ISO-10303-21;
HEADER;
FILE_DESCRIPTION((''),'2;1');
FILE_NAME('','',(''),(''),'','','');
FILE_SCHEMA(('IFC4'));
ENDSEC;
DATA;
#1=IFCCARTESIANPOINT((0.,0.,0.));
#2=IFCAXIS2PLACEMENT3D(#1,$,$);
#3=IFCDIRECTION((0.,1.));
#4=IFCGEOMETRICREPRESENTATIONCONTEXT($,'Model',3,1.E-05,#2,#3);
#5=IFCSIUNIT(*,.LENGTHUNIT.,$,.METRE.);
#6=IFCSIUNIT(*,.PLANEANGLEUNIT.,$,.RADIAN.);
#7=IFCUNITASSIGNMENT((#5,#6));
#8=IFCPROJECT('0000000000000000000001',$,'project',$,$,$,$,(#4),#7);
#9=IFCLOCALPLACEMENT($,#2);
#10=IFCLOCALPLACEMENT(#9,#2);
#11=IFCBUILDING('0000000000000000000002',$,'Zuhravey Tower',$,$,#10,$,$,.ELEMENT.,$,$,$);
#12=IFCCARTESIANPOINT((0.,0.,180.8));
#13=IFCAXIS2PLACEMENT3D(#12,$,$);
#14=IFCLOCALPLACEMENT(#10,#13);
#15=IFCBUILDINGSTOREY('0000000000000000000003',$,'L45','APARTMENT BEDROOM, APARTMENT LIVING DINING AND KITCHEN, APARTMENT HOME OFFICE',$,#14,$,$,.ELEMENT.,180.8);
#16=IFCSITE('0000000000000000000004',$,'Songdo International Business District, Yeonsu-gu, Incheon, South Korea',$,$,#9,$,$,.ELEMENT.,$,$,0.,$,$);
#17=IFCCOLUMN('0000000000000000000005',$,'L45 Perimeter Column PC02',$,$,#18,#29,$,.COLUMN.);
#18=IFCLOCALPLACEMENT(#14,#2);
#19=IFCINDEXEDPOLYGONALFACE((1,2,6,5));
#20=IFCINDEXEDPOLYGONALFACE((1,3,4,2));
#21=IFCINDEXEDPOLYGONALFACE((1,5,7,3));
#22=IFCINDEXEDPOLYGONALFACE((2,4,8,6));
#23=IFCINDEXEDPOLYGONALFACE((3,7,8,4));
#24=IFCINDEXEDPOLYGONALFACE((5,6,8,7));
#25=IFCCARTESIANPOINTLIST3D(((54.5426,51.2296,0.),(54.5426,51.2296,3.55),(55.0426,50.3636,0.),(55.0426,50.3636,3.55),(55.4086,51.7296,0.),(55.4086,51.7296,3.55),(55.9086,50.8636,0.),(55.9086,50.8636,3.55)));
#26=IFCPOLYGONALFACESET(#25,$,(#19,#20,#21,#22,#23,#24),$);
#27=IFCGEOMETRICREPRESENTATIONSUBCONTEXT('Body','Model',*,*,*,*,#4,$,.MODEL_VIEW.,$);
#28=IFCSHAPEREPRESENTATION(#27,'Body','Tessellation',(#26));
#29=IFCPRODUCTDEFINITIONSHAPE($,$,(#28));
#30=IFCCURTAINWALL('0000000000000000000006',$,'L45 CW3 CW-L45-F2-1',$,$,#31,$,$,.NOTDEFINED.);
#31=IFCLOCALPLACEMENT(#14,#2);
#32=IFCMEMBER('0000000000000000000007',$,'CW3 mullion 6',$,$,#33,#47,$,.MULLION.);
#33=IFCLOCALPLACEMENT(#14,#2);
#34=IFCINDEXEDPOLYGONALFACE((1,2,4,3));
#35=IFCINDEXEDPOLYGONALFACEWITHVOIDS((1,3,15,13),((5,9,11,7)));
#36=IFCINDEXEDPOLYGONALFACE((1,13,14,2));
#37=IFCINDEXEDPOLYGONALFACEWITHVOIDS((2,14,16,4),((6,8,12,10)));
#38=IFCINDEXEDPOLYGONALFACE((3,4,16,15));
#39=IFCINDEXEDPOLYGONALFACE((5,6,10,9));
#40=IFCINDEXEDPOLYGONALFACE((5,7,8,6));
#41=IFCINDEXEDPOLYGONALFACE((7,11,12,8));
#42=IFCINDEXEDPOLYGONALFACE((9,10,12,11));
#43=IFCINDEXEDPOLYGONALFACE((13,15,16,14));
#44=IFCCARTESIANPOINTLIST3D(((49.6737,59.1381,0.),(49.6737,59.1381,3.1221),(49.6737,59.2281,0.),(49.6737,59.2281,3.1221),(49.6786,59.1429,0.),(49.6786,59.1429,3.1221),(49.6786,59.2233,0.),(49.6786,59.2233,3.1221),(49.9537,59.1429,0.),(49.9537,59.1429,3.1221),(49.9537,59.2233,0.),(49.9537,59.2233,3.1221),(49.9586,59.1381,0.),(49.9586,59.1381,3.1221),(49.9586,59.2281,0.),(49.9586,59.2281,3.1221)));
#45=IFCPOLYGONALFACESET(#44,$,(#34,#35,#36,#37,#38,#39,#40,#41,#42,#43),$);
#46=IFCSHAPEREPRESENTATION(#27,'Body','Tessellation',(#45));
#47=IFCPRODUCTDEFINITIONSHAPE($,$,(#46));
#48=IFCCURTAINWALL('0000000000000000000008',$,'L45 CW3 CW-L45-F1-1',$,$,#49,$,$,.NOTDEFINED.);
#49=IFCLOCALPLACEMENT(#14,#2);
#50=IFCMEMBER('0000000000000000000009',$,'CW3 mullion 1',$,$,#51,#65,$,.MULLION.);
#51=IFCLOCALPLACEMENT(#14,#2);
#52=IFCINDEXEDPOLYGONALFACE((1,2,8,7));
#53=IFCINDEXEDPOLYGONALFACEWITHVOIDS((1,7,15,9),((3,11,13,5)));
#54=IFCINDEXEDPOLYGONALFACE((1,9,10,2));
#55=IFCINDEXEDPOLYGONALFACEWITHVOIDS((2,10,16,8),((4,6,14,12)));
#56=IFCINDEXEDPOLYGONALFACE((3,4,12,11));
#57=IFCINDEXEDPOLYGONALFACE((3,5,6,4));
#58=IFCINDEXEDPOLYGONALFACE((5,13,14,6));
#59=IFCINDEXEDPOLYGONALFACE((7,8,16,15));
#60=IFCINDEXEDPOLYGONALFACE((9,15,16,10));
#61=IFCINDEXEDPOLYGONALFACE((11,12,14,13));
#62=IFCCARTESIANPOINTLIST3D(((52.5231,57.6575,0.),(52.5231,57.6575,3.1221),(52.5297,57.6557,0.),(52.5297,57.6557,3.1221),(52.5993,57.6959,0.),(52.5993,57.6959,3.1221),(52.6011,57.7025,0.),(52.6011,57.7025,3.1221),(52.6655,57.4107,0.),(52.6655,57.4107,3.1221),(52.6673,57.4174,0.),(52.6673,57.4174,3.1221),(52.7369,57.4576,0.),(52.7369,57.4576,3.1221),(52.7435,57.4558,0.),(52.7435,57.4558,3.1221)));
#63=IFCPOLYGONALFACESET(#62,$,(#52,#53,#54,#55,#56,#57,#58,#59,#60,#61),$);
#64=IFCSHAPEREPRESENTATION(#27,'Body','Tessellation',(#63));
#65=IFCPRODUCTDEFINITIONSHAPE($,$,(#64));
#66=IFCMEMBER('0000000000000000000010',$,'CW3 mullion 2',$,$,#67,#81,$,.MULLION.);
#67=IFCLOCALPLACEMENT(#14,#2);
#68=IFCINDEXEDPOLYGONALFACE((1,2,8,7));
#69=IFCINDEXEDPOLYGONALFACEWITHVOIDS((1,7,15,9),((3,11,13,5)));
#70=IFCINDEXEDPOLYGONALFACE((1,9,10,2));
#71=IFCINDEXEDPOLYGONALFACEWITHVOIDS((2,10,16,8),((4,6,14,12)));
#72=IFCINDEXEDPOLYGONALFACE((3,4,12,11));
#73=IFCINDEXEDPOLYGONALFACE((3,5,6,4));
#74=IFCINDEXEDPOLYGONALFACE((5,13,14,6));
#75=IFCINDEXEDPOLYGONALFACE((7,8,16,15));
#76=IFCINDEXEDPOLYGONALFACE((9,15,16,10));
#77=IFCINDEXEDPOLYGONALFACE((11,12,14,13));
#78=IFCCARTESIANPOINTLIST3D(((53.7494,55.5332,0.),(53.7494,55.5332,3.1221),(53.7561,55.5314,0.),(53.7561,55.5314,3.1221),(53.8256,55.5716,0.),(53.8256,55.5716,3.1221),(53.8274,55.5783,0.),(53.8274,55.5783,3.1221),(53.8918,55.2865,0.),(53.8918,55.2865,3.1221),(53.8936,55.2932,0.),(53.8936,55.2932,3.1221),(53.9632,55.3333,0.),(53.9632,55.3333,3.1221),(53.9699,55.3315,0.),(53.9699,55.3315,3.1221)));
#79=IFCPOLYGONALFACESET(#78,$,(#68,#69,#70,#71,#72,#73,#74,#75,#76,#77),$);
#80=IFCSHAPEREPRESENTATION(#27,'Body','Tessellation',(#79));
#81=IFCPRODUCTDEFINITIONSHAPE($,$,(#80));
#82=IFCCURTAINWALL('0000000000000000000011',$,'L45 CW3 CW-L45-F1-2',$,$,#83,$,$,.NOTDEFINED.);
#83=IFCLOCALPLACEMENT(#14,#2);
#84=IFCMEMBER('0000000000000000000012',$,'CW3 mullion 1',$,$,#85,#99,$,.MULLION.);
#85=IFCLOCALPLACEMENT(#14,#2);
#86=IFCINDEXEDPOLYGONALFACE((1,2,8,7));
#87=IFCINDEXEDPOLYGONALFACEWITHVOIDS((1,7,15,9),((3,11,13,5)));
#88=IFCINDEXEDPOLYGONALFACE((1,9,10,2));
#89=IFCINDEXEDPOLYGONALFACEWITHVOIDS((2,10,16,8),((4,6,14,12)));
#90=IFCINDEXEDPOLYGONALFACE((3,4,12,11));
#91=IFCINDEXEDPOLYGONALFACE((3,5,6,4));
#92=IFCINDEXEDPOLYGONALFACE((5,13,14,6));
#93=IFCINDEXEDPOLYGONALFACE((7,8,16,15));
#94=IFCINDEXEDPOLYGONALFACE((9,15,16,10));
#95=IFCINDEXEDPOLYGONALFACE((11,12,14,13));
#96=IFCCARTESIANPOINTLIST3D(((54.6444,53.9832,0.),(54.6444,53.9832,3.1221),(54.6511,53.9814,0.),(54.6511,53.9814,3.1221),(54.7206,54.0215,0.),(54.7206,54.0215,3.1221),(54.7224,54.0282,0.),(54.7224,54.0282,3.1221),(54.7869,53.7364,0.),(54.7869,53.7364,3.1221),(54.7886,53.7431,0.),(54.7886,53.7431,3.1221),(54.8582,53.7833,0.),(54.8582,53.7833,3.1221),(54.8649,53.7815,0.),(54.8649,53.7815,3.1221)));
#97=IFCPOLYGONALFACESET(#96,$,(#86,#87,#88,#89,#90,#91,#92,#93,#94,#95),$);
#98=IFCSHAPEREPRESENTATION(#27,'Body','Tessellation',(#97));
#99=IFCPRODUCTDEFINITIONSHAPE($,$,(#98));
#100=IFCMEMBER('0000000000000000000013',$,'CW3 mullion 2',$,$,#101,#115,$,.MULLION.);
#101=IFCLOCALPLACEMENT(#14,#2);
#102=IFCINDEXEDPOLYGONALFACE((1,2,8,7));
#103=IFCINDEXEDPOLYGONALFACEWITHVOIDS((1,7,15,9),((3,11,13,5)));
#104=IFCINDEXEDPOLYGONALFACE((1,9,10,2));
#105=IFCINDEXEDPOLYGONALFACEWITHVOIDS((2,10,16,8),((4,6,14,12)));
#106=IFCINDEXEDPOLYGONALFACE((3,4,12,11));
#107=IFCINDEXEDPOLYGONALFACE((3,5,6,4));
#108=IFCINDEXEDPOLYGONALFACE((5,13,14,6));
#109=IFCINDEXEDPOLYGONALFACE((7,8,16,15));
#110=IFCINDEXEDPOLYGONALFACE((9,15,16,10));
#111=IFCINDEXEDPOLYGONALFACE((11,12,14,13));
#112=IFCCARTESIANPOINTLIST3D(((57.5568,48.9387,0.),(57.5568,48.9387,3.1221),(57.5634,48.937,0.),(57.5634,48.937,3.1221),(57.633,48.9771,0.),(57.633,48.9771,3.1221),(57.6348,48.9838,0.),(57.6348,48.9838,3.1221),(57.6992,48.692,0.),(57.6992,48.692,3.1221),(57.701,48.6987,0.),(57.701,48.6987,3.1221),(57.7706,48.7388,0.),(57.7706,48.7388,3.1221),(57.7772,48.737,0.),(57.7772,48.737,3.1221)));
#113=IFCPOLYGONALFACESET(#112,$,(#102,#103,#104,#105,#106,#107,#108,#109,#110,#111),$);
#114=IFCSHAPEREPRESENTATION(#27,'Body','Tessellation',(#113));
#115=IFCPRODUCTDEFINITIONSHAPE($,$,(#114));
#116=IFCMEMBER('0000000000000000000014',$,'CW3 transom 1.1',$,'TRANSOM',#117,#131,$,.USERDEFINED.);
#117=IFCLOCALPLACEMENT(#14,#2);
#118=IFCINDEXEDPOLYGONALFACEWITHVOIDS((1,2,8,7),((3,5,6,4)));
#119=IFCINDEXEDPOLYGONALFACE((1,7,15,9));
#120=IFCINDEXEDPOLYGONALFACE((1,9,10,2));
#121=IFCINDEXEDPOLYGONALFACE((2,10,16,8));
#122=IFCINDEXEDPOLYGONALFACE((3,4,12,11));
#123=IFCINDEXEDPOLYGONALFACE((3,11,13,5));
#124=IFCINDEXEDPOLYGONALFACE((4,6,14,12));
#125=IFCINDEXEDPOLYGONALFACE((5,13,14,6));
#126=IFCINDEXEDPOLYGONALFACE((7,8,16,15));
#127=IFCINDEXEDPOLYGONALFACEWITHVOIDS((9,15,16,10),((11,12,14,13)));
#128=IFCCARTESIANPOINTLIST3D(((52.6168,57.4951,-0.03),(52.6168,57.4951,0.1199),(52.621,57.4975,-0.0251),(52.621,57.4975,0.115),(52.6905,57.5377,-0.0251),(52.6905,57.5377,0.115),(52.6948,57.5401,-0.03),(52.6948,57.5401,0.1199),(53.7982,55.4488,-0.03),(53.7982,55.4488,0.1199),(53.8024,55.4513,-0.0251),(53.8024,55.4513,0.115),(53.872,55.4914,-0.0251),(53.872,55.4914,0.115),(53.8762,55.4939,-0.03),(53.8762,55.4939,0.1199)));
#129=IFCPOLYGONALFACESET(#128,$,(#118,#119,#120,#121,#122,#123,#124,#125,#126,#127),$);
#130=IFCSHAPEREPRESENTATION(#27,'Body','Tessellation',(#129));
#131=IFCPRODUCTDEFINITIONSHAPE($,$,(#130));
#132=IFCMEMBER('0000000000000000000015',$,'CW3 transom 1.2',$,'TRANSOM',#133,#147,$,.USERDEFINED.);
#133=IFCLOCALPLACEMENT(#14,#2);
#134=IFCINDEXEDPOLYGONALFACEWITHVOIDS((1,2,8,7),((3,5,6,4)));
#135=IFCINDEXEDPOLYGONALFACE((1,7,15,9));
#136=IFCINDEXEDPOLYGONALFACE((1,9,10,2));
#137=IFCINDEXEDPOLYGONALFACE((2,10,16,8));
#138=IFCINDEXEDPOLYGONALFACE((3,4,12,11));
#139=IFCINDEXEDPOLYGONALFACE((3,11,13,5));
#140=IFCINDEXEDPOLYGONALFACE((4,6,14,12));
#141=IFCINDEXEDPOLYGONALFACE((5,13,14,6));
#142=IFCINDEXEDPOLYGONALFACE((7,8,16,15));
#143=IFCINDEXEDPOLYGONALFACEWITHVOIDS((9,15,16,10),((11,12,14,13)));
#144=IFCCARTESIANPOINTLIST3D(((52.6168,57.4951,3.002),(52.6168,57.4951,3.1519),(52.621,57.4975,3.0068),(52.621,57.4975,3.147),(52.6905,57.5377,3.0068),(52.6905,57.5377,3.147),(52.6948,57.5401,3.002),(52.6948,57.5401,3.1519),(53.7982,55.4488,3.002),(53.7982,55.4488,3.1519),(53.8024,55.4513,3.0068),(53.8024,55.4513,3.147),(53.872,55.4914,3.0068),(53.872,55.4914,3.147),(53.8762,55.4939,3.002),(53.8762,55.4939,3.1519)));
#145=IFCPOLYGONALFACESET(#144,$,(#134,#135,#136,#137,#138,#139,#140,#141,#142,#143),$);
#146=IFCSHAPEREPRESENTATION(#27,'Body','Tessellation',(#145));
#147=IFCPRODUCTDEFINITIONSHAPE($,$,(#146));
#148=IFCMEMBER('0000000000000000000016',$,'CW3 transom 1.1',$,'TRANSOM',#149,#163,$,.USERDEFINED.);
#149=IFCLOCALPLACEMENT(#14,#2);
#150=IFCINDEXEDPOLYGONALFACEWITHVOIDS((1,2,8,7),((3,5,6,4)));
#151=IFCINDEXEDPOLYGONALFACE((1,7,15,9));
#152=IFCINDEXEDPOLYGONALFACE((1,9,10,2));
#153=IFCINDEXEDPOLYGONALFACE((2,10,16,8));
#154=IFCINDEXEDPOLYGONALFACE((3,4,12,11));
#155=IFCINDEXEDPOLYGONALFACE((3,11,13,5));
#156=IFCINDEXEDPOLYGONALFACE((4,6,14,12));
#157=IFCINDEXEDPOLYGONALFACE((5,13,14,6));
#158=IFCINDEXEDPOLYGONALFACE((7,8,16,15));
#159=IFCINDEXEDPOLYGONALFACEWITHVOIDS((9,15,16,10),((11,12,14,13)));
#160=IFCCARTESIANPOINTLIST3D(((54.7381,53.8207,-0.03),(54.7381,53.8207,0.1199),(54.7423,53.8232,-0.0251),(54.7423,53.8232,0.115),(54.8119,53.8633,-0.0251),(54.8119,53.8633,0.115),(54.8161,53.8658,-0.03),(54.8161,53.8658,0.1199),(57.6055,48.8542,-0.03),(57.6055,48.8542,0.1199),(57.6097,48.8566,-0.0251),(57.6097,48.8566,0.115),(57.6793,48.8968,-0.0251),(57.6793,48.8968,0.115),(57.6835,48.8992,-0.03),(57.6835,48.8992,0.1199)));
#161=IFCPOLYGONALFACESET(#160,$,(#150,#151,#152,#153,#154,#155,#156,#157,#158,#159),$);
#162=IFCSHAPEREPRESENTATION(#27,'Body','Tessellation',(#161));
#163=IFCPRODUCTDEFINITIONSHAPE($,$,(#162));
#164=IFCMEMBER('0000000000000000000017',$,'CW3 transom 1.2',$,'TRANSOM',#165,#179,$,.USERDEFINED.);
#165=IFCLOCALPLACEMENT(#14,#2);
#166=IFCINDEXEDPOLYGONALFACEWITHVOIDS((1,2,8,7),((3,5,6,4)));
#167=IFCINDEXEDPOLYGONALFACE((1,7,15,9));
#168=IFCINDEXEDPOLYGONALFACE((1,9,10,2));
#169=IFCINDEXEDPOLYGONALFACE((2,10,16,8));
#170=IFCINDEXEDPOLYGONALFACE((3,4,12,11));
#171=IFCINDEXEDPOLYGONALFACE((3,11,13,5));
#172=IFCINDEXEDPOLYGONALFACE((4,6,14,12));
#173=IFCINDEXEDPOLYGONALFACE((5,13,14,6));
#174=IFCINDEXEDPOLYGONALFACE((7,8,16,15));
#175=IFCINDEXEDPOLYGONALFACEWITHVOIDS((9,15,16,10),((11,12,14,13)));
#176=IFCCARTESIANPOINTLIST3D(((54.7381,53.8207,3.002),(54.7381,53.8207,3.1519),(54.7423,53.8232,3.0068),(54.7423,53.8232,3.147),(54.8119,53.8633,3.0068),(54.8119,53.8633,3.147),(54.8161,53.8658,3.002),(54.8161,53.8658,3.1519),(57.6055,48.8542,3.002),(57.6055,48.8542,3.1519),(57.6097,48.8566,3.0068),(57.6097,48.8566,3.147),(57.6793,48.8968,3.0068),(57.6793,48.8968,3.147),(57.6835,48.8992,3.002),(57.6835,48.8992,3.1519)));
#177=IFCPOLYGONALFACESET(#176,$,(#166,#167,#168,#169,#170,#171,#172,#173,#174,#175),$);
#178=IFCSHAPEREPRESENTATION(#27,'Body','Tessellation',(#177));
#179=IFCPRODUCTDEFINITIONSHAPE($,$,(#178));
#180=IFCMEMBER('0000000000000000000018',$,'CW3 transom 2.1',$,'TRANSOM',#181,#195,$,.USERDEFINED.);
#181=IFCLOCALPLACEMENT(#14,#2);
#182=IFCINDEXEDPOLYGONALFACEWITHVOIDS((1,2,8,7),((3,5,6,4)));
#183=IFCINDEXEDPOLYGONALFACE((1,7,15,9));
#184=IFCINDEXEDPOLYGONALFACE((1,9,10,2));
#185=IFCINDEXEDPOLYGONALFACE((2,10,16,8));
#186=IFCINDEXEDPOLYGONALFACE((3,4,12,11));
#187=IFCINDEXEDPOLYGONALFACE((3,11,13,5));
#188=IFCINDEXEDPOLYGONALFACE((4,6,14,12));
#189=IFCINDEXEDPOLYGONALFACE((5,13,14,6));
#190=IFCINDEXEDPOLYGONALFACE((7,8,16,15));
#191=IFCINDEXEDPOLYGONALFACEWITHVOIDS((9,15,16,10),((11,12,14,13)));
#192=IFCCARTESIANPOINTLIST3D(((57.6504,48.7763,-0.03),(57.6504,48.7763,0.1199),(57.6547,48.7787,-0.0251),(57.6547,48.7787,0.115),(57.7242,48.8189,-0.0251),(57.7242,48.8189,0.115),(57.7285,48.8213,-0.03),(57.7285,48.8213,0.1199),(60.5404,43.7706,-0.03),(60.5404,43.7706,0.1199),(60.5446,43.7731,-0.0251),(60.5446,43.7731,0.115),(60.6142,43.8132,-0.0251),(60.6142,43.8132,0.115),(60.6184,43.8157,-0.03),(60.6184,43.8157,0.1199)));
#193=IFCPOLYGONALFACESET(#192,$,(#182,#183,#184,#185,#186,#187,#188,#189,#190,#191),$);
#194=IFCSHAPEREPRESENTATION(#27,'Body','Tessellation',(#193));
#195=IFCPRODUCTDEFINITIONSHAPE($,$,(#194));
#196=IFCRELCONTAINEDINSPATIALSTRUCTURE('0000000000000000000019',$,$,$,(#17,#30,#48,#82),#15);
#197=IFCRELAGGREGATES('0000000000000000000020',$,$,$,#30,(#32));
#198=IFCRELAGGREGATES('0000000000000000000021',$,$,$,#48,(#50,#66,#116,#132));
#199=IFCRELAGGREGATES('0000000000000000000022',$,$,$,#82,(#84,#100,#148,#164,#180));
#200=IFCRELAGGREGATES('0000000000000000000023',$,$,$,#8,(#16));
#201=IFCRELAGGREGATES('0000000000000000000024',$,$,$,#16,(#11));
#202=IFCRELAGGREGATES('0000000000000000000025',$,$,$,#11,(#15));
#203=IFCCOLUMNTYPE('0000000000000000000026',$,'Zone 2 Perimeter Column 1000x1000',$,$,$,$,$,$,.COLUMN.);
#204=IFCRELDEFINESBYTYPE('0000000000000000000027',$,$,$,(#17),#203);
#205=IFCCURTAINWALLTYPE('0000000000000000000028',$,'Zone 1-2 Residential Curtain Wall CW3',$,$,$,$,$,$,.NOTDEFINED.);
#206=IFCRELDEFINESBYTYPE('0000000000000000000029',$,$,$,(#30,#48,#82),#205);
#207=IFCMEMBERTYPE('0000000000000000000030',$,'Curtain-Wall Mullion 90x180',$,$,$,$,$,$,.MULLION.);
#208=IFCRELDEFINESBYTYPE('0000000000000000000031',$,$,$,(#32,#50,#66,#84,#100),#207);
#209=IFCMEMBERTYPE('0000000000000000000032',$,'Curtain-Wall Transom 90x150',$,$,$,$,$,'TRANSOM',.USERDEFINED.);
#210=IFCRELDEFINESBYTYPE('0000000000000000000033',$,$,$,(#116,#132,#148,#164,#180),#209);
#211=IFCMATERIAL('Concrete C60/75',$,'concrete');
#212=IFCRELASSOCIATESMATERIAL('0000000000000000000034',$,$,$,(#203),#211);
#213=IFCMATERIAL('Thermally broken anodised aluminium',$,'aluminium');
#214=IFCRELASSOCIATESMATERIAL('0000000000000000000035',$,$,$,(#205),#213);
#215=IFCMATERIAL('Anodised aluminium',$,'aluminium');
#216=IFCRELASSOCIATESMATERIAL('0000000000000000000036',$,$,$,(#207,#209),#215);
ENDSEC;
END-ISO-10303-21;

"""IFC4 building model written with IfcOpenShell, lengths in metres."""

from ifc_helpers import new_model, si_unit, direction, frame, origin, origin_2d, place, context, subcontext, project, spatial, rectangle, hollow_rectangle, extrude, material, material_profile, profile_set, type_object, element, aggregate, save


model = new_model("IFC4")

# Units and contexts
model_context = context("Model", 3, precision=1e-05, world=origin(), true_north=direction((0.0, 1.0)))
body_context = subcontext(model_context, "Body", "Model", "MODEL_VIEW")
ifc_project = project(units=[si_unit("LENGTHUNIT", "METRE"), si_unit("PLANEANGLEUNIT", "RADIAN")], contexts=[model_context])

# Site, building, storey
site_placement = place(None, origin())
site = spatial("IfcSite", under=ifc_project, at=site_placement, Name="Songdo International Business District, Yeonsu-gu, Incheon, South Korea", CompositionType="ELEMENT", RefElevation=0.0)
building_placement = place(site_placement, origin())
building = spatial("IfcBuilding", under=site, at=building_placement, Name="Zuhravey Tower", CompositionType="ELEMENT")
storey_placement = place(building_placement, frame((0.0, 0.0, 180.8)))
storey = spatial("IfcBuildingStorey", under=building, at=storey_placement, Name="L45", Description="APARTMENT BEDROOM, APARTMENT LIVING DINING AND KITCHEN, APARTMENT HOME OFFICE", CompositionType="ELEMENT", Elevation=180.8)

# Column
ifc_material_1 = material(Name="Concrete C60/75", Category="concrete")
ifc_material_profile_1 = material_profile(ifc_material_1, rectangle(XDim=1.0, YDim=1.0, at=origin_2d()), Name="RC-1000x1000")
ifc_profile_set_1 = profile_set([ifc_material_profile_1], Name="Concrete C60/75")
column_type = type_object("IfcColumnType", Name="Zone 2 Perimeter Column 1000x1000", PredefinedType="COLUMN", material=ifc_profile_set_1)
column_placement = place(storey_placement, frame((55.2256, 51.0466, 0.0), z_axis=(0.0, 0.0, 1.0), x_axis=(-0.5, 0.866025, 0.0)))
element("IfcColumn", 1, at=column_placement, inside=storey, type_object=column_type, Name="L45 Perimeter Column PC02", PredefinedType="COLUMN", context=body_context, shape_type="SweptSolid", body=[
    extrude(rectangle(XDim=1.0, YDim=1.0, at=origin_2d()), origin(), (0.0, 0.0, 1.0), 3.55),
])

# Curtain wall, member
ifc_material_2 = material(Name="Thermally broken anodised aluminium", Category="aluminium")
curtain_wall_type = type_object("IfcCurtainWallType", Name="Zone 1-2 Residential Curtain Wall CW3", PredefinedType="NOTDEFINED", material=ifc_material_2)
curtain_wall_1_placement = place(storey_placement, origin())
curtain_wall_1 = element("IfcCurtainWall", 2, at=curtain_wall_1_placement, inside=storey, type_object=curtain_wall_type, Name="L45 CW3 CW-L45-F2-1", PredefinedType="NOTDEFINED")
ifc_material_3 = material(Name="Anodised aluminium", Category="aluminium")
ifc_material_profile_2 = material_profile(ifc_material_3, hollow_rectangle(XDim=0.0901, YDim=0.2849, WallThickness=0.0049, at=origin_2d()), Name="ALU-RHS-90x285x5")
ifc_profile_set_2 = profile_set([ifc_material_profile_2], Name="Anodised aluminium")
member_type_1 = type_object("IfcMemberType", Name="Curtain-Wall Mullion 90x180", PredefinedType="MULLION", material=ifc_profile_set_2)
member_1_placement = place(storey_placement, frame((49.8162, 59.1831, 0.0), z_axis=(0.0, 0.0, 1.0), x_axis=(0.0, 1.0, 0.0)))
member_1 = element("IfcMember", 3, at=member_1_placement, type_object=member_type_1, Name="CW3 mullion 6", PredefinedType="MULLION", context=body_context, shape_type="SweptSolid", body=[
    extrude(hollow_rectangle(XDim=0.0901, YDim=0.2849, WallThickness=0.0049, at=origin_2d()), origin(), (0.0, 0.0, 1.0), 3.1221),
])
aggregate(curtain_wall_1, [member_1])

# Curtain walls, members
curtain_wall_2_placement = place(storey_placement, origin())
curtain_wall_2 = element("IfcCurtainWall", 4, at=curtain_wall_2_placement, inside=storey, type_object=curtain_wall_type, Name="L45 CW3 CW-L45-F1-1", PredefinedType="NOTDEFINED")
member_2_placement = place(storey_placement, frame((52.6333, 57.5566, 0.0), z_axis=(0.0, 0.0, 1.0), x_axis=(0.866023, 0.500005, 0.0)))
member_2 = element("IfcMember", 5, at=member_2_placement, type_object=member_type_1, Name="CW3 mullion 1", PredefinedType="MULLION", context=body_context, shape_type="SweptSolid", body=[
    extrude(hollow_rectangle(XDim=0.0901, YDim=0.2849, WallThickness=0.0049, at=origin_2d()), origin(), (0.0, 0.0, 1.0), 3.1221),
])
member_3_placement = place(storey_placement, frame((53.8596, 55.4324, 0.0), z_axis=(0.0, 0.0, 1.0), x_axis=(0.866023, 0.500005, 0.0)))
member_3 = element("IfcMember", 6, at=member_3_placement, type_object=member_type_1, Name="CW3 mullion 2", PredefinedType="MULLION", context=body_context, shape_type="SweptSolid", body=[
    extrude(hollow_rectangle(XDim=0.0901, YDim=0.2849, WallThickness=0.0049, at=origin_2d()), origin(), (0.0, 0.0, 1.0), 3.1221),
])
curtain_wall_3_placement = place(storey_placement, origin())
curtain_wall_3 = element("IfcCurtainWall", 7, at=curtain_wall_3_placement, inside=storey, type_object=curtain_wall_type, Name="L45 CW3 CW-L45-F1-2", PredefinedType="NOTDEFINED")
member_4_placement = place(storey_placement, frame((54.7546, 53.8823, 0.0), z_axis=(0.0, 0.0, 1.0), x_axis=(0.866025, 0.500001, 0.0)))
member_4 = element("IfcMember", 8, at=member_4_placement, type_object=member_type_1, Name="CW3 mullion 1", PredefinedType="MULLION", context=body_context, shape_type="SweptSolid", body=[
    extrude(hollow_rectangle(XDim=0.0901, YDim=0.2849, WallThickness=0.0049, at=origin_2d()), origin(), (0.0, 0.0, 1.0), 3.1221),
])
member_5_placement = place(storey_placement, frame((57.667, 48.8379, 0.0), z_axis=(0.0, 0.0, 1.0), x_axis=(0.866025, 0.500001, 0.0)))
member_5 = element("IfcMember", 9, at=member_5_placement, type_object=member_type_1, Name="CW3 mullion 2", PredefinedType="MULLION", context=body_context, shape_type="SweptSolid", body=[
    extrude(hollow_rectangle(XDim=0.0901, YDim=0.2849, WallThickness=0.0049, at=origin_2d()), origin(), (0.0, 0.0, 1.0), 3.1221),
])

# Members
ifc_material_profile_3 = material_profile(ifc_material_3, hollow_rectangle(XDim=0.0901, YDim=0.1499, WallThickness=0.0049, at=origin_2d()), Name="ALU-RHS-90x150x5")
ifc_profile_set_3 = profile_set([ifc_material_profile_3], Name="Anodised aluminium")
member_type_2 = type_object("IfcMemberType", Name="Curtain-Wall Transom 90x150", ElementType="TRANSOM", PredefinedType="USERDEFINED", material=ifc_profile_set_3)
member_6_placement = place(storey_placement, frame((52.6558, 57.5176, 0.0449), z_axis=(0.500018, -0.866015, 0.0), x_axis=(0.866015, 0.500018, 0.0)))
member_6 = element("IfcMember", 10, at=member_6_placement, type_object=member_type_2, Name="CW3 transom 1.1", ObjectType="TRANSOM", PredefinedType="USERDEFINED", context=body_context, shape_type="SweptSolid", body=[
    extrude(hollow_rectangle(XDim=0.0901, YDim=0.1499, WallThickness=0.0049, at=origin_2d()), origin(), (0.0, 0.0, 1.0), 2.3628),
])
member_7_placement = place(storey_placement, frame((52.6558, 57.5176, 3.0769), z_axis=(0.500018, -0.866015, 0.0), x_axis=(0.866015, 0.500018, 0.0)))
member_7 = element("IfcMember", 11, at=member_7_placement, type_object=member_type_2, Name="CW3 transom 1.2", ObjectType="TRANSOM", PredefinedType="USERDEFINED", context=body_context, shape_type="SweptSolid", body=[
    extrude(hollow_rectangle(XDim=0.0901, YDim=0.1499, WallThickness=0.0049, at=origin_2d()), origin(), (0.0, 0.0, 1.0), 2.3628),
])
member_8_placement = place(storey_placement, frame((54.7771, 53.8433, 0.0449), z_axis=(0.499999, -0.866026, 0.0), x_axis=(0.866026, 0.499999, 0.0)))
member_8 = element("IfcMember", 12, at=member_8_placement, type_object=member_type_2, Name="CW3 transom 1.1", ObjectType="TRANSOM", PredefinedType="USERDEFINED", context=body_context, shape_type="SweptSolid", body=[
    extrude(hollow_rectangle(XDim=0.0901, YDim=0.1499, WallThickness=0.0049, at=origin_2d()), origin(), (0.0, 0.0, 1.0), 5.7349),
])
member_9_placement = place(storey_placement, frame((54.7771, 53.8433, 3.0769), z_axis=(0.499999, -0.866026, 0.0), x_axis=(0.866026, 0.499999, 0.0)))
member_9 = element("IfcMember", 13, at=member_9_placement, type_object=member_type_2, Name="CW3 transom 1.2", ObjectType="TRANSOM", PredefinedType="USERDEFINED", context=body_context, shape_type="SweptSolid", body=[
    extrude(hollow_rectangle(XDim=0.0901, YDim=0.1499, WallThickness=0.0049, at=origin_2d()), origin(), (0.0, 0.0, 1.0), 5.7349),
])
member_10_placement = place(storey_placement, frame((57.6895, 48.7988, 0.0449), z_axis=(0.499987, -0.866033, 0.0), x_axis=(0.866033, 0.499987, 0.0)))
member_10 = element("IfcMember", 14, at=member_10_placement, type_object=member_type_2, Name="CW3 transom 2.1", ObjectType="TRANSOM", PredefinedType="USERDEFINED", context=body_context, shape_type="SweptSolid", body=[
    extrude(hollow_rectangle(XDim=0.0901, YDim=0.1499, WallThickness=0.0049, at=origin_2d()), origin(), (0.0, 0.0, 1.0), 5.78),
])

aggregate(curtain_wall_2, [member_2, member_3, member_6, member_7])
aggregate(curtain_wall_3, [member_4, member_5, member_8, member_9, member_10])

save(model, "model.ifc")
